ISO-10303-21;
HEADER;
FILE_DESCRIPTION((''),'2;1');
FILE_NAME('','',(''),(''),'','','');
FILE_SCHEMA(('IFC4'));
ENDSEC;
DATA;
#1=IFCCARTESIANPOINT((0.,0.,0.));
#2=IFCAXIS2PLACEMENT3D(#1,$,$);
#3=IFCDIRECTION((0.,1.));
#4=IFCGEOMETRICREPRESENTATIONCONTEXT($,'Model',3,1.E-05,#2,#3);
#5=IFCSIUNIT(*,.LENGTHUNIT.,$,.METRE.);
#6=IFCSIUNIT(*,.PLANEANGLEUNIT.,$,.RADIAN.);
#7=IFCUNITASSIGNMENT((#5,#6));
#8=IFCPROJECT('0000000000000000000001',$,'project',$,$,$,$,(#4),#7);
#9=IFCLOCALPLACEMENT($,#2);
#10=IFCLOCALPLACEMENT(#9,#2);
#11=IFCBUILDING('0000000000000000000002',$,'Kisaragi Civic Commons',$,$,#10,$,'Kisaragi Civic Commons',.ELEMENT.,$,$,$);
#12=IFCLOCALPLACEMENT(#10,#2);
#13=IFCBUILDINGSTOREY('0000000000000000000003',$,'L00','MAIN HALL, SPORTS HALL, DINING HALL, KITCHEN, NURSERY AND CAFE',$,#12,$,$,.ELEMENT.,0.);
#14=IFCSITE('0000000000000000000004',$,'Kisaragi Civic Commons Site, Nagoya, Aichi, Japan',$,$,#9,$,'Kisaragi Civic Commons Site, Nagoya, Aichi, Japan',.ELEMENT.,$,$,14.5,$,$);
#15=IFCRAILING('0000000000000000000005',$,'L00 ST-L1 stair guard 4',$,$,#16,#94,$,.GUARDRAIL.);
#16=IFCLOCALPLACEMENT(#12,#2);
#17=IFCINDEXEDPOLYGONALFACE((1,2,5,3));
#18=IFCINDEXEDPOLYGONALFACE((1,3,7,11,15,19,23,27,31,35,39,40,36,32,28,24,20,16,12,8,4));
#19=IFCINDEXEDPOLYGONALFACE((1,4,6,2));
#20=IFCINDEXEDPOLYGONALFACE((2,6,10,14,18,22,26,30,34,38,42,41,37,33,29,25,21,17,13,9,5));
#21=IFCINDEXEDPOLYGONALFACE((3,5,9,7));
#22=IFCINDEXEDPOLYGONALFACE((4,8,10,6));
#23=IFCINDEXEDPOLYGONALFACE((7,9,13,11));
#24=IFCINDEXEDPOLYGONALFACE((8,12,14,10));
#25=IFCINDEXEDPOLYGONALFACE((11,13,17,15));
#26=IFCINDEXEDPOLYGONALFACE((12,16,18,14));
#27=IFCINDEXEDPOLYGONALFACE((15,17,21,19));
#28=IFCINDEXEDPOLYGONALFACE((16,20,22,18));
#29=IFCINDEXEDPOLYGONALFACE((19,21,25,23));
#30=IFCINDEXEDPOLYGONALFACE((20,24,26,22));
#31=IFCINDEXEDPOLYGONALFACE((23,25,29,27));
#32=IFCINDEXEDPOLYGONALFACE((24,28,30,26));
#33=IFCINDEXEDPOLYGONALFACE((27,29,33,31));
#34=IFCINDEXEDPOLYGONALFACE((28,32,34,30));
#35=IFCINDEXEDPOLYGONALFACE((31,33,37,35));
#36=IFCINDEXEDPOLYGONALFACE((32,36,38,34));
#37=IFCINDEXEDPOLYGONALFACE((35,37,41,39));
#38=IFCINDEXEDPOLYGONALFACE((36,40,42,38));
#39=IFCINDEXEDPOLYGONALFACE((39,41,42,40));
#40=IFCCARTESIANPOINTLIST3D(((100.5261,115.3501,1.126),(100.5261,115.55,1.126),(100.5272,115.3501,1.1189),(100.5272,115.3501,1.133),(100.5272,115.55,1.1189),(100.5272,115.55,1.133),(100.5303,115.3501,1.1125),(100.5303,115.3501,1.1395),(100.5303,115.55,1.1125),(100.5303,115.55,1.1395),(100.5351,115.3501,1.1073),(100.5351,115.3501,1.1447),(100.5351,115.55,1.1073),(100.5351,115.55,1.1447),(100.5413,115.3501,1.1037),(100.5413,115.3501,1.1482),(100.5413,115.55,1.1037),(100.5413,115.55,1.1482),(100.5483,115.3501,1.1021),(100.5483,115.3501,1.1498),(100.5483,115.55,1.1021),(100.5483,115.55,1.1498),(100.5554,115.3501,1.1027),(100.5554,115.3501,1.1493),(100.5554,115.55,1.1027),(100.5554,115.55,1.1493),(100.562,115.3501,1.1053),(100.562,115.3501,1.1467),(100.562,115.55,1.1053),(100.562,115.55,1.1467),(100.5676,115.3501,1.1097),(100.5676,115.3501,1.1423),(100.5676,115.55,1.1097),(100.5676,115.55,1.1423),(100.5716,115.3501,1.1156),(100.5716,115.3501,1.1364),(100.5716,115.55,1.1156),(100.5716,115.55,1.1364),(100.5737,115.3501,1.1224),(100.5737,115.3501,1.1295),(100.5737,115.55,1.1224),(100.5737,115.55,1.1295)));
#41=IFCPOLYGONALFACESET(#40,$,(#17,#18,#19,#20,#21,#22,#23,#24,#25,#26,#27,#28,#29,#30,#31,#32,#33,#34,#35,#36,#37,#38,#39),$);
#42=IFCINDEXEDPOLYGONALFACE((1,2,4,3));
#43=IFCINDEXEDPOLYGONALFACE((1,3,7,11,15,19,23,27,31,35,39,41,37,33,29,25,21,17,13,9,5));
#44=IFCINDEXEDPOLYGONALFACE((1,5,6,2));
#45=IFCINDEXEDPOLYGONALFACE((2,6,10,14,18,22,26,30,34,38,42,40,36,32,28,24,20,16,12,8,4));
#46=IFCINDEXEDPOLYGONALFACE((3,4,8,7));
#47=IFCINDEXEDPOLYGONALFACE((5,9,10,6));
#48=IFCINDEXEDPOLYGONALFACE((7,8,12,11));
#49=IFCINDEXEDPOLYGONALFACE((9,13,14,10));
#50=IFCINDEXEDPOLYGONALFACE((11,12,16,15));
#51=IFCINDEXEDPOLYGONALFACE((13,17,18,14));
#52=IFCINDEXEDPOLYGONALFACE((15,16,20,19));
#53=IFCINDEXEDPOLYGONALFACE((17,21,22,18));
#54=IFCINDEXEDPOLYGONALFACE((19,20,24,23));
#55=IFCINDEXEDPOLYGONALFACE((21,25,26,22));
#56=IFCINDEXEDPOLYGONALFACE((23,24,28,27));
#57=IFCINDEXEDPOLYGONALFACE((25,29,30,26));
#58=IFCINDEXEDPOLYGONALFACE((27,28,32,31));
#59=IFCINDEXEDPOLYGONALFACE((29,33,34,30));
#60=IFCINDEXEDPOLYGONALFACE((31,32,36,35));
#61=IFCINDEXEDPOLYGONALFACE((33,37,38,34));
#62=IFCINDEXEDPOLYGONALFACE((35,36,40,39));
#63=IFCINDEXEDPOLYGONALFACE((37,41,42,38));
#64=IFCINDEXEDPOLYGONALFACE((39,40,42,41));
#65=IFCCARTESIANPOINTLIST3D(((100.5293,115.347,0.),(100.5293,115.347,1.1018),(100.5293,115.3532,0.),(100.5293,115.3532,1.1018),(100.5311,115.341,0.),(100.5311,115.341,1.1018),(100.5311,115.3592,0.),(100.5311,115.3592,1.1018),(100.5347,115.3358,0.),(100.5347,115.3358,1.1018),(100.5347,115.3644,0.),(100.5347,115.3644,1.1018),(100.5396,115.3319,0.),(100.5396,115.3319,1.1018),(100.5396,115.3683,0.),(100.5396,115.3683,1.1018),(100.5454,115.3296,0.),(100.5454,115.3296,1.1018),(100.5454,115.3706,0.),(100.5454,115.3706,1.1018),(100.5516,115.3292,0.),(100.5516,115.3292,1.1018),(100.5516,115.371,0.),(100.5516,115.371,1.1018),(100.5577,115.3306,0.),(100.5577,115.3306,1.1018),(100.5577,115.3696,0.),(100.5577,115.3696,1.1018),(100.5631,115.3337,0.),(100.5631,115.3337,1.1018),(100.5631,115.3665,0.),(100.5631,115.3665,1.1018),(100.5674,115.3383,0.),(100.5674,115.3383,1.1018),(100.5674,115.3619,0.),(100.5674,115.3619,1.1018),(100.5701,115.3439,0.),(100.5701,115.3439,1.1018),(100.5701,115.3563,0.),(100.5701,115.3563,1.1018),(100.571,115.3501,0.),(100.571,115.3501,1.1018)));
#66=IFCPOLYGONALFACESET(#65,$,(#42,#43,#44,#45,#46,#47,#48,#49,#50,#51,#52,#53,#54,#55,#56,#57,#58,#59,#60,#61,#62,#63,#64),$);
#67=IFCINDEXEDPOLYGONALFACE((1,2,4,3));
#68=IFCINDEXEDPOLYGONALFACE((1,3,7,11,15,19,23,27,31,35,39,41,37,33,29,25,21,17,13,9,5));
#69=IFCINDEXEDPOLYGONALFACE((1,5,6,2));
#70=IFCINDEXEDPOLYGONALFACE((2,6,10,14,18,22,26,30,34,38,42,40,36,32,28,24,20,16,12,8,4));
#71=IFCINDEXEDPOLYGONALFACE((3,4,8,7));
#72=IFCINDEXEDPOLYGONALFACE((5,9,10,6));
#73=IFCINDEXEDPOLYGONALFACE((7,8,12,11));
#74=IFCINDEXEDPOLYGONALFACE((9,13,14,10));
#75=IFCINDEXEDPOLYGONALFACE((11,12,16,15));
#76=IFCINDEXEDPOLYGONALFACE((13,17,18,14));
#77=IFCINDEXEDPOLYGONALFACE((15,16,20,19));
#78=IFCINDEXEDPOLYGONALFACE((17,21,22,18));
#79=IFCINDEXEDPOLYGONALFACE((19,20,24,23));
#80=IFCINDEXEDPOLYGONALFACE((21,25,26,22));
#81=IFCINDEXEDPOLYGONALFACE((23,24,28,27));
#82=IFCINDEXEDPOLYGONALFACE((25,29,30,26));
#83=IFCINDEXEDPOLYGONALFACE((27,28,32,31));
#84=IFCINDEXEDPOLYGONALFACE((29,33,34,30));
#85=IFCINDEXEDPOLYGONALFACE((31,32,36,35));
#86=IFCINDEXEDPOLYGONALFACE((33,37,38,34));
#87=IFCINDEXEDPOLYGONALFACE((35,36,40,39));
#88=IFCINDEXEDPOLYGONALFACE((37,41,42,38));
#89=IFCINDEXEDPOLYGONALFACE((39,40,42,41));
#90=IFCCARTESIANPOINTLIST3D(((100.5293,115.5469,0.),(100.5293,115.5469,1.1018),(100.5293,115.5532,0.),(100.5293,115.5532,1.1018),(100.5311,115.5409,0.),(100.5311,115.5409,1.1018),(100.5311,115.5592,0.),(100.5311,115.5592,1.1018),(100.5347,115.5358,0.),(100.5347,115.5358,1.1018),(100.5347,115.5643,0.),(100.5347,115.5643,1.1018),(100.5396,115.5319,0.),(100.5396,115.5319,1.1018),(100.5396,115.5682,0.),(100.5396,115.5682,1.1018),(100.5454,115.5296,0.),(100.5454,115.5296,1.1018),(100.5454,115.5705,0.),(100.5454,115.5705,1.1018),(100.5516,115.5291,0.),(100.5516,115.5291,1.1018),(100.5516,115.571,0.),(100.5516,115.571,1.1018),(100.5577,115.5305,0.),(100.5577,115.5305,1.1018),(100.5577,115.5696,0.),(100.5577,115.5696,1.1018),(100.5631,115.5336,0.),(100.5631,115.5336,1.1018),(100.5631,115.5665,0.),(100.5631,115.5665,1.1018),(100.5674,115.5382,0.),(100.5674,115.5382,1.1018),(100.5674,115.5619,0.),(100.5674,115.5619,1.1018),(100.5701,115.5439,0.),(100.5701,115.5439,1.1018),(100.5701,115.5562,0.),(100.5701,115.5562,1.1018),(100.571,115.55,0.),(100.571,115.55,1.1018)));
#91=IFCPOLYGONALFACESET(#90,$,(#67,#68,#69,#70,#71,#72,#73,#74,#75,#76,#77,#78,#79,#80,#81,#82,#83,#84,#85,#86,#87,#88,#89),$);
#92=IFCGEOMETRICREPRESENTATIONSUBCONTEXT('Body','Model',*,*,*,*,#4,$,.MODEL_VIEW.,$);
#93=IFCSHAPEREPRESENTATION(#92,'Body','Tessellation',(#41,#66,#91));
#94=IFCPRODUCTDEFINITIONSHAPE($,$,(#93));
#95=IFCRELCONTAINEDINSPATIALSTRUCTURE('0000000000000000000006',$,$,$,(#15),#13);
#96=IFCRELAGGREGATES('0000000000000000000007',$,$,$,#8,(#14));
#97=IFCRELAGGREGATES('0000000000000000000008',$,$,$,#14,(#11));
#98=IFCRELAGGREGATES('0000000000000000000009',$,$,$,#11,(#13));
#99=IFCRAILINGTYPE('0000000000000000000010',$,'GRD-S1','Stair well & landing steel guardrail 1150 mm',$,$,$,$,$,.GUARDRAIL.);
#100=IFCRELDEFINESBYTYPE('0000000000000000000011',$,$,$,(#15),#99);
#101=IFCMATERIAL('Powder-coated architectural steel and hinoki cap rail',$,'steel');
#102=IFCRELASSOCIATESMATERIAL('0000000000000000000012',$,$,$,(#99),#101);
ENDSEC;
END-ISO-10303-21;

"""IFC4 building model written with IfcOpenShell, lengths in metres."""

from ifc_helpers import new_model, si_unit, direction, frame, origin, origin_2d, place, context, subcontext, project, spatial, circle, extrude, material, type_object, element, save


model = new_model("IFC4")

# Units and contexts
model_context = context("Model", 3, precision=1e-05, world=origin(), true_north=direction((0.0, 1.0)))
body_context = subcontext(model_context, "Body", "Model", "MODEL_VIEW")
ifc_project = project(units=[si_unit("LENGTHUNIT", "METRE"), si_unit("PLANEANGLEUNIT", "RADIAN")], contexts=[model_context])

# Site, building, storey
site_placement = place(None, origin())
site = spatial("IfcSite", under=ifc_project, at=site_placement, Name="Kisaragi Civic Commons Site, Nagoya, Aichi, Japan", LongName="Kisaragi Civic Commons Site, Nagoya, Aichi, Japan", CompositionType="ELEMENT", RefElevation=14.5)
building_placement = place(site_placement, origin())
building = spatial("IfcBuilding", under=site, at=building_placement, Name="Kisaragi Civic Commons", LongName="Kisaragi Civic Commons", CompositionType="ELEMENT")
storey_placement = place(building_placement, origin())
storey = spatial("IfcBuildingStorey", under=building, at=storey_placement, Name="L00", Description="MAIN HALL, SPORTS HALL, DINING HALL, KITCHEN, NURSERY AND CAFE", CompositionType="ELEMENT", Elevation=0.0)

# Railing
ifc_material_1 = material(Name="Powder-coated architectural steel and hinoki cap rail", Category="steel")
railing_type_1 = type_object("IfcRailingType", Name="GRD-S1", Description="Stair well & landing steel guardrail 1150 mm", PredefinedType="GUARDRAIL", material=ifc_material_1)
railing_1_placement = place(storey_placement, frame((100.55, 115.3501, 0.0)))
element("IfcRailing", 1, at=railing_1_placement, inside=storey, type_object=railing_type_1, Name="L00 ST-L1 stair guard 4", PredefinedType="GUARDRAIL", context=body_context, shape_type="SweptSolid", body=[
    extrude(circle(Radius=0.0239, at=origin_2d()), frame((0.0, 0.0, 1.126), z_axis=(0.0, 1.0, 0.0), x_axis=(-1.0, 0.0, 0.0)), (0.0, 0.0, 1.0), 0.2),
    extrude(circle(Radius=0.021, at=origin_2d()), origin(), (0.0, 0.0, 1.0), 1.1018),
    extrude(circle(Radius=0.021, at=origin_2d()), frame((0.0, 0.2, 0.0)), (0.0, 0.0, 1.0), 1.1018),
])

save(model, "model.ifc")
